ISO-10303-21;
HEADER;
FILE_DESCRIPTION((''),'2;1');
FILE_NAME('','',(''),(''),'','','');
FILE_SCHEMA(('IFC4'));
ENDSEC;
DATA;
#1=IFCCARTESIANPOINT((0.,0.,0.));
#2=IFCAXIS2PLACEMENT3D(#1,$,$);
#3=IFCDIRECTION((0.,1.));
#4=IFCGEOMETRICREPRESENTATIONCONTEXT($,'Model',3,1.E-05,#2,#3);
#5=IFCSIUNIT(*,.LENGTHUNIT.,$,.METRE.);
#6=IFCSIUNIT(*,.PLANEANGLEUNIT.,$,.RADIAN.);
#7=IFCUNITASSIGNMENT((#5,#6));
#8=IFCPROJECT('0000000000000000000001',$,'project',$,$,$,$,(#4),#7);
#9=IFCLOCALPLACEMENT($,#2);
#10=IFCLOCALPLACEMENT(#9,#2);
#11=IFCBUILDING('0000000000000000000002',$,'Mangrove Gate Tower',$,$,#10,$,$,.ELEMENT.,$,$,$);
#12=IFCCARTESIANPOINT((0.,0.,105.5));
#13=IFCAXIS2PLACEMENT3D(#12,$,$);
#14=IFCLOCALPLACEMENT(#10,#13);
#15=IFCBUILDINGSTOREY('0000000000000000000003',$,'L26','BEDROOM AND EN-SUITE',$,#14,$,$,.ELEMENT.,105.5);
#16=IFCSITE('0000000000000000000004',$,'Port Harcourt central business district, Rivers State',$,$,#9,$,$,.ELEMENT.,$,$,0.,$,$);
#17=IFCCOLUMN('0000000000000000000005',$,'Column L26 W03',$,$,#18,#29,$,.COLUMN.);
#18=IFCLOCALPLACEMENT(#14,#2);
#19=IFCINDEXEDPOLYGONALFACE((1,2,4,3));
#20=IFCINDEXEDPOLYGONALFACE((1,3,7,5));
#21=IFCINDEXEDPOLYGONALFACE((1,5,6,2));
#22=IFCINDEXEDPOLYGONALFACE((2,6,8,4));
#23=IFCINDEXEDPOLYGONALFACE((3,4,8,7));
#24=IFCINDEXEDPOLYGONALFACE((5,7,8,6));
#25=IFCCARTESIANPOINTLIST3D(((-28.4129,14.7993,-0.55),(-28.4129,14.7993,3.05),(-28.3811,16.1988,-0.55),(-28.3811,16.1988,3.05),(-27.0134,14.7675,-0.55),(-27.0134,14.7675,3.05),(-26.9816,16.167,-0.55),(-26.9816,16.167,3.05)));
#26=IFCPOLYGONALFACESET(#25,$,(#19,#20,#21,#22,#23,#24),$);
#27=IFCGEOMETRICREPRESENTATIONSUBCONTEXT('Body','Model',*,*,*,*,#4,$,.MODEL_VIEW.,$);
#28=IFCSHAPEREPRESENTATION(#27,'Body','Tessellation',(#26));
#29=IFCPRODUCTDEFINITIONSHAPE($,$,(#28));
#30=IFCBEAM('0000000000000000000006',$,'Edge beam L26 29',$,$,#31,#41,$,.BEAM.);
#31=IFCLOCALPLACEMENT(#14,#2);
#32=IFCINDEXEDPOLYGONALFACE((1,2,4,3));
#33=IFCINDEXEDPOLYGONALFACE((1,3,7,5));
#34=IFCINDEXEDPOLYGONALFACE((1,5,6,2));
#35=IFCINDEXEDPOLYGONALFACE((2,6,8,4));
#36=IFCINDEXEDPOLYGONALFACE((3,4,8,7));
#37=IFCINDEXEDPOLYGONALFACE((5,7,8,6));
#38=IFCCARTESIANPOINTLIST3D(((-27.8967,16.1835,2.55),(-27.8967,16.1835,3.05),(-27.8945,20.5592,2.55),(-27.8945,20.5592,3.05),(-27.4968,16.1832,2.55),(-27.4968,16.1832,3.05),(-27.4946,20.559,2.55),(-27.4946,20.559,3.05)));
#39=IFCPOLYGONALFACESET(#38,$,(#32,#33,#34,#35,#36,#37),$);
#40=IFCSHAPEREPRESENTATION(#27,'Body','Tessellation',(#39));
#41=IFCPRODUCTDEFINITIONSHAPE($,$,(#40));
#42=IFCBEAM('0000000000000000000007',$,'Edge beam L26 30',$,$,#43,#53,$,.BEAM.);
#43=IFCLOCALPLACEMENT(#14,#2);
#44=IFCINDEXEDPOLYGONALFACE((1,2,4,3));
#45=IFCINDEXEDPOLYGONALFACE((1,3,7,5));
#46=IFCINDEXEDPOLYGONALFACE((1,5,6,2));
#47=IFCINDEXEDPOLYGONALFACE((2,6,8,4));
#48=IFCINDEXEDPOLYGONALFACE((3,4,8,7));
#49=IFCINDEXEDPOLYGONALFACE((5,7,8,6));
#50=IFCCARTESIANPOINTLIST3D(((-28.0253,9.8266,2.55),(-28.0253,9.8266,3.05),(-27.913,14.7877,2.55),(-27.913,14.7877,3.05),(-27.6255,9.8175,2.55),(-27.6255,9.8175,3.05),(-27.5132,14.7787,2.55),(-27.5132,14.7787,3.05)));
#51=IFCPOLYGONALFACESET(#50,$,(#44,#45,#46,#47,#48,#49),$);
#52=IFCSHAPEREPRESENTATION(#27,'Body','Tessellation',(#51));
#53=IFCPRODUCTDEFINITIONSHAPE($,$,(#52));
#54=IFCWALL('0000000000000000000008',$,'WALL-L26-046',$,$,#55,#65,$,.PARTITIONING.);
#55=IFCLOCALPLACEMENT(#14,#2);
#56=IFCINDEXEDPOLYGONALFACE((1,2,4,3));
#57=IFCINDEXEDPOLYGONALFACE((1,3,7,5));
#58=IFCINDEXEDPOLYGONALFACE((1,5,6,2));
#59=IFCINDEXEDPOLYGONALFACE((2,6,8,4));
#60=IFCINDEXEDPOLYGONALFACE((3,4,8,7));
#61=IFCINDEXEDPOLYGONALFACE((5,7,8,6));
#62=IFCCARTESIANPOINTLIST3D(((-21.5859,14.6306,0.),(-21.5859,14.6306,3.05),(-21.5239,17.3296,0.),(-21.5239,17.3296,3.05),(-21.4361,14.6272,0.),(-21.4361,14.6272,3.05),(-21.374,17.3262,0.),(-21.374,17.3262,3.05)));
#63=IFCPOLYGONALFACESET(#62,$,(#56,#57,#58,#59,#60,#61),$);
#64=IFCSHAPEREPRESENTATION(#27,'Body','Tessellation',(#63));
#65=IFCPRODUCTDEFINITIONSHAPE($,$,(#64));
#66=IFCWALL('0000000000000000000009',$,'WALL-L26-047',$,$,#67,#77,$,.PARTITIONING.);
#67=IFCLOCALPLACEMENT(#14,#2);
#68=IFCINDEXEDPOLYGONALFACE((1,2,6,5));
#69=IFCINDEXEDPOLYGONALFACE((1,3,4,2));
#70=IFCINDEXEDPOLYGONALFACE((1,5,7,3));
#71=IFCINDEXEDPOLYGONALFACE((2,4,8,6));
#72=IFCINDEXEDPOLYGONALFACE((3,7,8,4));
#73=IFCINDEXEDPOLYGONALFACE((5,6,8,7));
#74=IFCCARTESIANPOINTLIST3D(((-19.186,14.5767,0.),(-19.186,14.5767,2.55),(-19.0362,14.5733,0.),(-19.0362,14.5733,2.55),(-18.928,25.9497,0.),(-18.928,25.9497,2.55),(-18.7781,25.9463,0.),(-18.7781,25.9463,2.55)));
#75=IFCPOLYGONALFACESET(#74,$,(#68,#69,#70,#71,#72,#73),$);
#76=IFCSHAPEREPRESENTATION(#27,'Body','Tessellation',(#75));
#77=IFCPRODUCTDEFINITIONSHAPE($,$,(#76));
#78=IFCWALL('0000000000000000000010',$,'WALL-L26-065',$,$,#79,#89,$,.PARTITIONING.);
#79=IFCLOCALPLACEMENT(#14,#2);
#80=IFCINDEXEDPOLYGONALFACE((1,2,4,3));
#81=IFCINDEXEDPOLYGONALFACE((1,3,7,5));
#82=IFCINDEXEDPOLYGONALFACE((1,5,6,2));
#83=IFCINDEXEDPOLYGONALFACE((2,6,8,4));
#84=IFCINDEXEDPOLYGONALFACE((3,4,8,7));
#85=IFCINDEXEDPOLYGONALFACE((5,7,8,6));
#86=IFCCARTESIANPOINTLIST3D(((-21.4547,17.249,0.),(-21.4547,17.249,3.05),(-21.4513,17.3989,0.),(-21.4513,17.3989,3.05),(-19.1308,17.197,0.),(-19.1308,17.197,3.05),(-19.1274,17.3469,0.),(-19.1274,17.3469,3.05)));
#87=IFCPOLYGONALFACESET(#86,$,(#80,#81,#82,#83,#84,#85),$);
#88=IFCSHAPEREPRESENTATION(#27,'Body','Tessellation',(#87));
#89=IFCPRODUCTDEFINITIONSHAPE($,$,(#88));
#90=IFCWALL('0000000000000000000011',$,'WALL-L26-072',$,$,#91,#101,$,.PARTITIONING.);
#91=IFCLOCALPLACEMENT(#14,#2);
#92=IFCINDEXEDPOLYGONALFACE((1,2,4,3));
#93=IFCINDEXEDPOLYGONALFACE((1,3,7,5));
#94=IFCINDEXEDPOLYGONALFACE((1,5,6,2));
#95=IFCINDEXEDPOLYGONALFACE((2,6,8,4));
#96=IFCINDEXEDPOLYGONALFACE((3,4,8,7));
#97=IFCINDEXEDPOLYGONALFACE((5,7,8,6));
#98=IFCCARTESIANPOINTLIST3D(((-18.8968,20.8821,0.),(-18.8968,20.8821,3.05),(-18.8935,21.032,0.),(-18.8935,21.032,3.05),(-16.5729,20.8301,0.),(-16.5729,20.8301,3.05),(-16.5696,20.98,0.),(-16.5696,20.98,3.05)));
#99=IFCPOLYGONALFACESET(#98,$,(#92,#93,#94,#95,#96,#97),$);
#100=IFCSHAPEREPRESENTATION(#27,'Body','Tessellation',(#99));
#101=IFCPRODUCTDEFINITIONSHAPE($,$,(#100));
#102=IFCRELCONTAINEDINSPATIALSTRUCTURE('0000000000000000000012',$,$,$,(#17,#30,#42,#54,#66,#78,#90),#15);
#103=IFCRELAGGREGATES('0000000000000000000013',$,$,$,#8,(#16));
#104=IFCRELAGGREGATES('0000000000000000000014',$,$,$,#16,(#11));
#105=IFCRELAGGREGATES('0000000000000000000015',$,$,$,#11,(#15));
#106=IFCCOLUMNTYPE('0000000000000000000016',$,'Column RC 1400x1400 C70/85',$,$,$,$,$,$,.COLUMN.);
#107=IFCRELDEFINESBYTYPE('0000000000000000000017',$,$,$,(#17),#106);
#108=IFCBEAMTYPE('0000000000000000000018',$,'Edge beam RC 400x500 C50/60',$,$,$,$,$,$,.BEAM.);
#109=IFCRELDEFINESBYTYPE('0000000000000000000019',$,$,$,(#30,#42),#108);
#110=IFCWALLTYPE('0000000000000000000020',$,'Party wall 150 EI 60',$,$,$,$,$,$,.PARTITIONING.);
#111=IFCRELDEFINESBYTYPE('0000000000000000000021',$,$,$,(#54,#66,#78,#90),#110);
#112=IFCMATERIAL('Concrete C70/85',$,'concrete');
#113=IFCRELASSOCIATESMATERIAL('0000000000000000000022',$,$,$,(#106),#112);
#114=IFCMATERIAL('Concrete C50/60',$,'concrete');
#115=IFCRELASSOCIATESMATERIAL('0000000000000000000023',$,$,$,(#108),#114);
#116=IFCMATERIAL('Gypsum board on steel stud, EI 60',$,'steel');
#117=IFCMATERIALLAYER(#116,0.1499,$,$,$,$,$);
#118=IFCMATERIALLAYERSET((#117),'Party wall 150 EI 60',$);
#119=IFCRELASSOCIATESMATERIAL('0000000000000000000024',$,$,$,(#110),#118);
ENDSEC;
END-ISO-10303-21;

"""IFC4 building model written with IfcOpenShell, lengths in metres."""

from ifc_helpers import new_model, si_unit, direction, frame, frame_2d, origin, origin_2d, place, context, subcontext, project, spatial, rectangle, extrude, material, layer, layer_set, material_profile, profile_set, type_object, element, save


model = new_model("IFC4")

# Units and contexts
model_context = context("Model", 3, precision=1e-05, world=origin(), true_north=direction((0.0, 1.0)))
body_context = subcontext(model_context, "Body", "Model", "MODEL_VIEW")
ifc_project = project(units=[si_unit("LENGTHUNIT", "METRE"), si_unit("PLANEANGLEUNIT", "RADIAN")], contexts=[model_context])

# Site, building, storey
site_placement = place(None, origin())
site = spatial("IfcSite", under=ifc_project, at=site_placement, Name="Port Harcourt central business district, Rivers State", CompositionType="ELEMENT", RefElevation=0.0)
building_placement = place(site_placement, origin())
building = spatial("IfcBuilding", under=site, at=building_placement, Name="Mangrove Gate Tower", CompositionType="ELEMENT")
storey_placement = place(building_placement, frame((0.0, 0.0, 105.5)))
storey = spatial("IfcBuildingStorey", under=building, at=storey_placement, Name="L26", Description="BEDROOM AND EN-SUITE", CompositionType="ELEMENT", Elevation=105.5)

# Column
ifc_material_1 = material(Name="Concrete C70/85", Category="concrete")
ifc_material_profile_1 = material_profile(ifc_material_1, rectangle(XDim=1.3999, YDim=1.3999, at=origin_2d()))
ifc_profile_set_1 = profile_set([ifc_material_profile_1], Name="Concrete C70/85")
column_type = type_object("IfcColumnType", Name="Column RC 1400x1400 C70/85", PredefinedType="COLUMN", material=ifc_profile_set_1)
column_placement = place(storey_placement, frame((-27.6973, 15.4832, -0.55), z_axis=(0.0, 0.0, 1.0), x_axis=(-0.022711, -0.999742, 0.0)))
element("IfcColumn", 1, at=column_placement, inside=storey, type_object=column_type, Name="Column L26 W03", PredefinedType="COLUMN", context=body_context, shape_type="SweptSolid", body=[
    extrude(rectangle(XDim=1.3999, YDim=1.3999, at=origin_2d()), origin(), (0.0, 0.0, 1.0), 3.6001),
])

# Beams
ifc_material_2 = material(Name="Concrete C50/60", Category="concrete")
ifc_material_profile_2 = material_profile(ifc_material_2, rectangle(XDim=0.3999, YDim=0.5, at=origin_2d()))
ifc_profile_set_2 = profile_set([ifc_material_profile_2], Name="Concrete C50/60")
beam_type = type_object("IfcBeamType", Name="Edge beam RC 400x500 C50/60", PredefinedType="BEAM", material=ifc_profile_set_2)
beam_1_placement = place(storey_placement, frame((-27.6946, 20.5591, 2.8), z_axis=(-0.000502, -1.0, 0.0), x_axis=(1.0, -0.000502, 0.0)))
element("IfcBeam", 2, at=beam_1_placement, inside=storey, type_object=beam_type, Name="Edge beam L26 29", PredefinedType="BEAM", context=body_context, shape_type="SweptSolid", body=[
    extrude(rectangle(XDim=0.3999, YDim=0.5, at=origin_2d()), origin(), (0.0, 0.0, 1.0), 4.3757),
])
beam_2_placement = place(storey_placement, frame((-27.7131, 14.7832, 2.8), z_axis=(-0.022631, -0.999744, 0.0), x_axis=(0.999744, -0.022631, 0.0)))
element("IfcBeam", 3, at=beam_2_placement, inside=storey, type_object=beam_type, Name="Edge beam L26 30", PredefinedType="BEAM", context=body_context, shape_type="SweptSolid", body=[
    extrude(rectangle(XDim=0.3999, YDim=0.5, at=origin_2d()), origin(), (0.0, 0.0, 1.0), 4.9624),
])

# Walls
ifc_material_3 = material(Name="Gypsum board on steel stud, EI 60", Category="steel")
ifc_layer_1 = layer(ifc_material_3, 0.1499)
ifc_layer_set_1 = layer_set([ifc_layer_1], Name="Party wall 150 EI 60")
wall_type_1 = type_object("IfcWallType", Name="Party wall 150 EI 60", PredefinedType="PARTITIONING", material=ifc_layer_set_1)
wall_1_placement = place(storey_placement, frame((-21.511, 14.6289, 0.0), z_axis=(0.0, 0.0, 1.0), x_axis=(0.02297, 0.999736, 0.0)))
element("IfcWall", 4, at=wall_1_placement, inside=storey, type_object=wall_type_1, Name="WALL-L26-046", PredefinedType="PARTITIONING", context=body_context, shape_type="SweptSolid", body=[
    extrude(rectangle(XDim=2.6997, YDim=0.1499, at=frame_2d((1.3499, 0.0))), origin(), (0.0, 0.0, 1.0), 3.05),
])
wall_2_placement = place(storey_placement, frame((-19.1111, 14.575, 0.0), z_axis=(0.0, 0.0, 1.0), x_axis=(0.022684, 0.999743, 0.0)))
element("IfcWall", 5, at=wall_2_placement, inside=storey, type_object=wall_type_1, Name="WALL-L26-047", PredefinedType="PARTITIONING", context=body_context, shape_type="SweptSolid", body=[
    extrude(rectangle(XDim=11.376, YDim=0.1499, at=frame_2d((5.688, 0.0))), origin(), (0.0, 0.0, 1.0), 2.55),
])
for number, where, z_axis, x_axis, name in (
    (6, (-21.4529, 17.324, 0.0), (0.0, 0.0, 1.0), (0.99975, -0.022371, 0.0), "WALL-L26-065"),
    (7, (-18.895, 20.957, 0.0), (0.0, 0.0, 1.0), (0.99975, -0.022371, 0.0), "WALL-L26-072"),
):
    element("IfcWall", number, at=place(storey_placement, frame(where, z_axis=z_axis, x_axis=x_axis)), inside=storey, type_object=wall_type_1, Name=name, PredefinedType="PARTITIONING", context=body_context, shape_type="SweptSolid", body=[
        extrude(rectangle(XDim=2.3245, YDim=0.1499, at=frame_2d((1.1621, 0.0))), origin(), (0.0, 0.0, 1.0), 3.05),
    ])

save(model, "model.ifc")
